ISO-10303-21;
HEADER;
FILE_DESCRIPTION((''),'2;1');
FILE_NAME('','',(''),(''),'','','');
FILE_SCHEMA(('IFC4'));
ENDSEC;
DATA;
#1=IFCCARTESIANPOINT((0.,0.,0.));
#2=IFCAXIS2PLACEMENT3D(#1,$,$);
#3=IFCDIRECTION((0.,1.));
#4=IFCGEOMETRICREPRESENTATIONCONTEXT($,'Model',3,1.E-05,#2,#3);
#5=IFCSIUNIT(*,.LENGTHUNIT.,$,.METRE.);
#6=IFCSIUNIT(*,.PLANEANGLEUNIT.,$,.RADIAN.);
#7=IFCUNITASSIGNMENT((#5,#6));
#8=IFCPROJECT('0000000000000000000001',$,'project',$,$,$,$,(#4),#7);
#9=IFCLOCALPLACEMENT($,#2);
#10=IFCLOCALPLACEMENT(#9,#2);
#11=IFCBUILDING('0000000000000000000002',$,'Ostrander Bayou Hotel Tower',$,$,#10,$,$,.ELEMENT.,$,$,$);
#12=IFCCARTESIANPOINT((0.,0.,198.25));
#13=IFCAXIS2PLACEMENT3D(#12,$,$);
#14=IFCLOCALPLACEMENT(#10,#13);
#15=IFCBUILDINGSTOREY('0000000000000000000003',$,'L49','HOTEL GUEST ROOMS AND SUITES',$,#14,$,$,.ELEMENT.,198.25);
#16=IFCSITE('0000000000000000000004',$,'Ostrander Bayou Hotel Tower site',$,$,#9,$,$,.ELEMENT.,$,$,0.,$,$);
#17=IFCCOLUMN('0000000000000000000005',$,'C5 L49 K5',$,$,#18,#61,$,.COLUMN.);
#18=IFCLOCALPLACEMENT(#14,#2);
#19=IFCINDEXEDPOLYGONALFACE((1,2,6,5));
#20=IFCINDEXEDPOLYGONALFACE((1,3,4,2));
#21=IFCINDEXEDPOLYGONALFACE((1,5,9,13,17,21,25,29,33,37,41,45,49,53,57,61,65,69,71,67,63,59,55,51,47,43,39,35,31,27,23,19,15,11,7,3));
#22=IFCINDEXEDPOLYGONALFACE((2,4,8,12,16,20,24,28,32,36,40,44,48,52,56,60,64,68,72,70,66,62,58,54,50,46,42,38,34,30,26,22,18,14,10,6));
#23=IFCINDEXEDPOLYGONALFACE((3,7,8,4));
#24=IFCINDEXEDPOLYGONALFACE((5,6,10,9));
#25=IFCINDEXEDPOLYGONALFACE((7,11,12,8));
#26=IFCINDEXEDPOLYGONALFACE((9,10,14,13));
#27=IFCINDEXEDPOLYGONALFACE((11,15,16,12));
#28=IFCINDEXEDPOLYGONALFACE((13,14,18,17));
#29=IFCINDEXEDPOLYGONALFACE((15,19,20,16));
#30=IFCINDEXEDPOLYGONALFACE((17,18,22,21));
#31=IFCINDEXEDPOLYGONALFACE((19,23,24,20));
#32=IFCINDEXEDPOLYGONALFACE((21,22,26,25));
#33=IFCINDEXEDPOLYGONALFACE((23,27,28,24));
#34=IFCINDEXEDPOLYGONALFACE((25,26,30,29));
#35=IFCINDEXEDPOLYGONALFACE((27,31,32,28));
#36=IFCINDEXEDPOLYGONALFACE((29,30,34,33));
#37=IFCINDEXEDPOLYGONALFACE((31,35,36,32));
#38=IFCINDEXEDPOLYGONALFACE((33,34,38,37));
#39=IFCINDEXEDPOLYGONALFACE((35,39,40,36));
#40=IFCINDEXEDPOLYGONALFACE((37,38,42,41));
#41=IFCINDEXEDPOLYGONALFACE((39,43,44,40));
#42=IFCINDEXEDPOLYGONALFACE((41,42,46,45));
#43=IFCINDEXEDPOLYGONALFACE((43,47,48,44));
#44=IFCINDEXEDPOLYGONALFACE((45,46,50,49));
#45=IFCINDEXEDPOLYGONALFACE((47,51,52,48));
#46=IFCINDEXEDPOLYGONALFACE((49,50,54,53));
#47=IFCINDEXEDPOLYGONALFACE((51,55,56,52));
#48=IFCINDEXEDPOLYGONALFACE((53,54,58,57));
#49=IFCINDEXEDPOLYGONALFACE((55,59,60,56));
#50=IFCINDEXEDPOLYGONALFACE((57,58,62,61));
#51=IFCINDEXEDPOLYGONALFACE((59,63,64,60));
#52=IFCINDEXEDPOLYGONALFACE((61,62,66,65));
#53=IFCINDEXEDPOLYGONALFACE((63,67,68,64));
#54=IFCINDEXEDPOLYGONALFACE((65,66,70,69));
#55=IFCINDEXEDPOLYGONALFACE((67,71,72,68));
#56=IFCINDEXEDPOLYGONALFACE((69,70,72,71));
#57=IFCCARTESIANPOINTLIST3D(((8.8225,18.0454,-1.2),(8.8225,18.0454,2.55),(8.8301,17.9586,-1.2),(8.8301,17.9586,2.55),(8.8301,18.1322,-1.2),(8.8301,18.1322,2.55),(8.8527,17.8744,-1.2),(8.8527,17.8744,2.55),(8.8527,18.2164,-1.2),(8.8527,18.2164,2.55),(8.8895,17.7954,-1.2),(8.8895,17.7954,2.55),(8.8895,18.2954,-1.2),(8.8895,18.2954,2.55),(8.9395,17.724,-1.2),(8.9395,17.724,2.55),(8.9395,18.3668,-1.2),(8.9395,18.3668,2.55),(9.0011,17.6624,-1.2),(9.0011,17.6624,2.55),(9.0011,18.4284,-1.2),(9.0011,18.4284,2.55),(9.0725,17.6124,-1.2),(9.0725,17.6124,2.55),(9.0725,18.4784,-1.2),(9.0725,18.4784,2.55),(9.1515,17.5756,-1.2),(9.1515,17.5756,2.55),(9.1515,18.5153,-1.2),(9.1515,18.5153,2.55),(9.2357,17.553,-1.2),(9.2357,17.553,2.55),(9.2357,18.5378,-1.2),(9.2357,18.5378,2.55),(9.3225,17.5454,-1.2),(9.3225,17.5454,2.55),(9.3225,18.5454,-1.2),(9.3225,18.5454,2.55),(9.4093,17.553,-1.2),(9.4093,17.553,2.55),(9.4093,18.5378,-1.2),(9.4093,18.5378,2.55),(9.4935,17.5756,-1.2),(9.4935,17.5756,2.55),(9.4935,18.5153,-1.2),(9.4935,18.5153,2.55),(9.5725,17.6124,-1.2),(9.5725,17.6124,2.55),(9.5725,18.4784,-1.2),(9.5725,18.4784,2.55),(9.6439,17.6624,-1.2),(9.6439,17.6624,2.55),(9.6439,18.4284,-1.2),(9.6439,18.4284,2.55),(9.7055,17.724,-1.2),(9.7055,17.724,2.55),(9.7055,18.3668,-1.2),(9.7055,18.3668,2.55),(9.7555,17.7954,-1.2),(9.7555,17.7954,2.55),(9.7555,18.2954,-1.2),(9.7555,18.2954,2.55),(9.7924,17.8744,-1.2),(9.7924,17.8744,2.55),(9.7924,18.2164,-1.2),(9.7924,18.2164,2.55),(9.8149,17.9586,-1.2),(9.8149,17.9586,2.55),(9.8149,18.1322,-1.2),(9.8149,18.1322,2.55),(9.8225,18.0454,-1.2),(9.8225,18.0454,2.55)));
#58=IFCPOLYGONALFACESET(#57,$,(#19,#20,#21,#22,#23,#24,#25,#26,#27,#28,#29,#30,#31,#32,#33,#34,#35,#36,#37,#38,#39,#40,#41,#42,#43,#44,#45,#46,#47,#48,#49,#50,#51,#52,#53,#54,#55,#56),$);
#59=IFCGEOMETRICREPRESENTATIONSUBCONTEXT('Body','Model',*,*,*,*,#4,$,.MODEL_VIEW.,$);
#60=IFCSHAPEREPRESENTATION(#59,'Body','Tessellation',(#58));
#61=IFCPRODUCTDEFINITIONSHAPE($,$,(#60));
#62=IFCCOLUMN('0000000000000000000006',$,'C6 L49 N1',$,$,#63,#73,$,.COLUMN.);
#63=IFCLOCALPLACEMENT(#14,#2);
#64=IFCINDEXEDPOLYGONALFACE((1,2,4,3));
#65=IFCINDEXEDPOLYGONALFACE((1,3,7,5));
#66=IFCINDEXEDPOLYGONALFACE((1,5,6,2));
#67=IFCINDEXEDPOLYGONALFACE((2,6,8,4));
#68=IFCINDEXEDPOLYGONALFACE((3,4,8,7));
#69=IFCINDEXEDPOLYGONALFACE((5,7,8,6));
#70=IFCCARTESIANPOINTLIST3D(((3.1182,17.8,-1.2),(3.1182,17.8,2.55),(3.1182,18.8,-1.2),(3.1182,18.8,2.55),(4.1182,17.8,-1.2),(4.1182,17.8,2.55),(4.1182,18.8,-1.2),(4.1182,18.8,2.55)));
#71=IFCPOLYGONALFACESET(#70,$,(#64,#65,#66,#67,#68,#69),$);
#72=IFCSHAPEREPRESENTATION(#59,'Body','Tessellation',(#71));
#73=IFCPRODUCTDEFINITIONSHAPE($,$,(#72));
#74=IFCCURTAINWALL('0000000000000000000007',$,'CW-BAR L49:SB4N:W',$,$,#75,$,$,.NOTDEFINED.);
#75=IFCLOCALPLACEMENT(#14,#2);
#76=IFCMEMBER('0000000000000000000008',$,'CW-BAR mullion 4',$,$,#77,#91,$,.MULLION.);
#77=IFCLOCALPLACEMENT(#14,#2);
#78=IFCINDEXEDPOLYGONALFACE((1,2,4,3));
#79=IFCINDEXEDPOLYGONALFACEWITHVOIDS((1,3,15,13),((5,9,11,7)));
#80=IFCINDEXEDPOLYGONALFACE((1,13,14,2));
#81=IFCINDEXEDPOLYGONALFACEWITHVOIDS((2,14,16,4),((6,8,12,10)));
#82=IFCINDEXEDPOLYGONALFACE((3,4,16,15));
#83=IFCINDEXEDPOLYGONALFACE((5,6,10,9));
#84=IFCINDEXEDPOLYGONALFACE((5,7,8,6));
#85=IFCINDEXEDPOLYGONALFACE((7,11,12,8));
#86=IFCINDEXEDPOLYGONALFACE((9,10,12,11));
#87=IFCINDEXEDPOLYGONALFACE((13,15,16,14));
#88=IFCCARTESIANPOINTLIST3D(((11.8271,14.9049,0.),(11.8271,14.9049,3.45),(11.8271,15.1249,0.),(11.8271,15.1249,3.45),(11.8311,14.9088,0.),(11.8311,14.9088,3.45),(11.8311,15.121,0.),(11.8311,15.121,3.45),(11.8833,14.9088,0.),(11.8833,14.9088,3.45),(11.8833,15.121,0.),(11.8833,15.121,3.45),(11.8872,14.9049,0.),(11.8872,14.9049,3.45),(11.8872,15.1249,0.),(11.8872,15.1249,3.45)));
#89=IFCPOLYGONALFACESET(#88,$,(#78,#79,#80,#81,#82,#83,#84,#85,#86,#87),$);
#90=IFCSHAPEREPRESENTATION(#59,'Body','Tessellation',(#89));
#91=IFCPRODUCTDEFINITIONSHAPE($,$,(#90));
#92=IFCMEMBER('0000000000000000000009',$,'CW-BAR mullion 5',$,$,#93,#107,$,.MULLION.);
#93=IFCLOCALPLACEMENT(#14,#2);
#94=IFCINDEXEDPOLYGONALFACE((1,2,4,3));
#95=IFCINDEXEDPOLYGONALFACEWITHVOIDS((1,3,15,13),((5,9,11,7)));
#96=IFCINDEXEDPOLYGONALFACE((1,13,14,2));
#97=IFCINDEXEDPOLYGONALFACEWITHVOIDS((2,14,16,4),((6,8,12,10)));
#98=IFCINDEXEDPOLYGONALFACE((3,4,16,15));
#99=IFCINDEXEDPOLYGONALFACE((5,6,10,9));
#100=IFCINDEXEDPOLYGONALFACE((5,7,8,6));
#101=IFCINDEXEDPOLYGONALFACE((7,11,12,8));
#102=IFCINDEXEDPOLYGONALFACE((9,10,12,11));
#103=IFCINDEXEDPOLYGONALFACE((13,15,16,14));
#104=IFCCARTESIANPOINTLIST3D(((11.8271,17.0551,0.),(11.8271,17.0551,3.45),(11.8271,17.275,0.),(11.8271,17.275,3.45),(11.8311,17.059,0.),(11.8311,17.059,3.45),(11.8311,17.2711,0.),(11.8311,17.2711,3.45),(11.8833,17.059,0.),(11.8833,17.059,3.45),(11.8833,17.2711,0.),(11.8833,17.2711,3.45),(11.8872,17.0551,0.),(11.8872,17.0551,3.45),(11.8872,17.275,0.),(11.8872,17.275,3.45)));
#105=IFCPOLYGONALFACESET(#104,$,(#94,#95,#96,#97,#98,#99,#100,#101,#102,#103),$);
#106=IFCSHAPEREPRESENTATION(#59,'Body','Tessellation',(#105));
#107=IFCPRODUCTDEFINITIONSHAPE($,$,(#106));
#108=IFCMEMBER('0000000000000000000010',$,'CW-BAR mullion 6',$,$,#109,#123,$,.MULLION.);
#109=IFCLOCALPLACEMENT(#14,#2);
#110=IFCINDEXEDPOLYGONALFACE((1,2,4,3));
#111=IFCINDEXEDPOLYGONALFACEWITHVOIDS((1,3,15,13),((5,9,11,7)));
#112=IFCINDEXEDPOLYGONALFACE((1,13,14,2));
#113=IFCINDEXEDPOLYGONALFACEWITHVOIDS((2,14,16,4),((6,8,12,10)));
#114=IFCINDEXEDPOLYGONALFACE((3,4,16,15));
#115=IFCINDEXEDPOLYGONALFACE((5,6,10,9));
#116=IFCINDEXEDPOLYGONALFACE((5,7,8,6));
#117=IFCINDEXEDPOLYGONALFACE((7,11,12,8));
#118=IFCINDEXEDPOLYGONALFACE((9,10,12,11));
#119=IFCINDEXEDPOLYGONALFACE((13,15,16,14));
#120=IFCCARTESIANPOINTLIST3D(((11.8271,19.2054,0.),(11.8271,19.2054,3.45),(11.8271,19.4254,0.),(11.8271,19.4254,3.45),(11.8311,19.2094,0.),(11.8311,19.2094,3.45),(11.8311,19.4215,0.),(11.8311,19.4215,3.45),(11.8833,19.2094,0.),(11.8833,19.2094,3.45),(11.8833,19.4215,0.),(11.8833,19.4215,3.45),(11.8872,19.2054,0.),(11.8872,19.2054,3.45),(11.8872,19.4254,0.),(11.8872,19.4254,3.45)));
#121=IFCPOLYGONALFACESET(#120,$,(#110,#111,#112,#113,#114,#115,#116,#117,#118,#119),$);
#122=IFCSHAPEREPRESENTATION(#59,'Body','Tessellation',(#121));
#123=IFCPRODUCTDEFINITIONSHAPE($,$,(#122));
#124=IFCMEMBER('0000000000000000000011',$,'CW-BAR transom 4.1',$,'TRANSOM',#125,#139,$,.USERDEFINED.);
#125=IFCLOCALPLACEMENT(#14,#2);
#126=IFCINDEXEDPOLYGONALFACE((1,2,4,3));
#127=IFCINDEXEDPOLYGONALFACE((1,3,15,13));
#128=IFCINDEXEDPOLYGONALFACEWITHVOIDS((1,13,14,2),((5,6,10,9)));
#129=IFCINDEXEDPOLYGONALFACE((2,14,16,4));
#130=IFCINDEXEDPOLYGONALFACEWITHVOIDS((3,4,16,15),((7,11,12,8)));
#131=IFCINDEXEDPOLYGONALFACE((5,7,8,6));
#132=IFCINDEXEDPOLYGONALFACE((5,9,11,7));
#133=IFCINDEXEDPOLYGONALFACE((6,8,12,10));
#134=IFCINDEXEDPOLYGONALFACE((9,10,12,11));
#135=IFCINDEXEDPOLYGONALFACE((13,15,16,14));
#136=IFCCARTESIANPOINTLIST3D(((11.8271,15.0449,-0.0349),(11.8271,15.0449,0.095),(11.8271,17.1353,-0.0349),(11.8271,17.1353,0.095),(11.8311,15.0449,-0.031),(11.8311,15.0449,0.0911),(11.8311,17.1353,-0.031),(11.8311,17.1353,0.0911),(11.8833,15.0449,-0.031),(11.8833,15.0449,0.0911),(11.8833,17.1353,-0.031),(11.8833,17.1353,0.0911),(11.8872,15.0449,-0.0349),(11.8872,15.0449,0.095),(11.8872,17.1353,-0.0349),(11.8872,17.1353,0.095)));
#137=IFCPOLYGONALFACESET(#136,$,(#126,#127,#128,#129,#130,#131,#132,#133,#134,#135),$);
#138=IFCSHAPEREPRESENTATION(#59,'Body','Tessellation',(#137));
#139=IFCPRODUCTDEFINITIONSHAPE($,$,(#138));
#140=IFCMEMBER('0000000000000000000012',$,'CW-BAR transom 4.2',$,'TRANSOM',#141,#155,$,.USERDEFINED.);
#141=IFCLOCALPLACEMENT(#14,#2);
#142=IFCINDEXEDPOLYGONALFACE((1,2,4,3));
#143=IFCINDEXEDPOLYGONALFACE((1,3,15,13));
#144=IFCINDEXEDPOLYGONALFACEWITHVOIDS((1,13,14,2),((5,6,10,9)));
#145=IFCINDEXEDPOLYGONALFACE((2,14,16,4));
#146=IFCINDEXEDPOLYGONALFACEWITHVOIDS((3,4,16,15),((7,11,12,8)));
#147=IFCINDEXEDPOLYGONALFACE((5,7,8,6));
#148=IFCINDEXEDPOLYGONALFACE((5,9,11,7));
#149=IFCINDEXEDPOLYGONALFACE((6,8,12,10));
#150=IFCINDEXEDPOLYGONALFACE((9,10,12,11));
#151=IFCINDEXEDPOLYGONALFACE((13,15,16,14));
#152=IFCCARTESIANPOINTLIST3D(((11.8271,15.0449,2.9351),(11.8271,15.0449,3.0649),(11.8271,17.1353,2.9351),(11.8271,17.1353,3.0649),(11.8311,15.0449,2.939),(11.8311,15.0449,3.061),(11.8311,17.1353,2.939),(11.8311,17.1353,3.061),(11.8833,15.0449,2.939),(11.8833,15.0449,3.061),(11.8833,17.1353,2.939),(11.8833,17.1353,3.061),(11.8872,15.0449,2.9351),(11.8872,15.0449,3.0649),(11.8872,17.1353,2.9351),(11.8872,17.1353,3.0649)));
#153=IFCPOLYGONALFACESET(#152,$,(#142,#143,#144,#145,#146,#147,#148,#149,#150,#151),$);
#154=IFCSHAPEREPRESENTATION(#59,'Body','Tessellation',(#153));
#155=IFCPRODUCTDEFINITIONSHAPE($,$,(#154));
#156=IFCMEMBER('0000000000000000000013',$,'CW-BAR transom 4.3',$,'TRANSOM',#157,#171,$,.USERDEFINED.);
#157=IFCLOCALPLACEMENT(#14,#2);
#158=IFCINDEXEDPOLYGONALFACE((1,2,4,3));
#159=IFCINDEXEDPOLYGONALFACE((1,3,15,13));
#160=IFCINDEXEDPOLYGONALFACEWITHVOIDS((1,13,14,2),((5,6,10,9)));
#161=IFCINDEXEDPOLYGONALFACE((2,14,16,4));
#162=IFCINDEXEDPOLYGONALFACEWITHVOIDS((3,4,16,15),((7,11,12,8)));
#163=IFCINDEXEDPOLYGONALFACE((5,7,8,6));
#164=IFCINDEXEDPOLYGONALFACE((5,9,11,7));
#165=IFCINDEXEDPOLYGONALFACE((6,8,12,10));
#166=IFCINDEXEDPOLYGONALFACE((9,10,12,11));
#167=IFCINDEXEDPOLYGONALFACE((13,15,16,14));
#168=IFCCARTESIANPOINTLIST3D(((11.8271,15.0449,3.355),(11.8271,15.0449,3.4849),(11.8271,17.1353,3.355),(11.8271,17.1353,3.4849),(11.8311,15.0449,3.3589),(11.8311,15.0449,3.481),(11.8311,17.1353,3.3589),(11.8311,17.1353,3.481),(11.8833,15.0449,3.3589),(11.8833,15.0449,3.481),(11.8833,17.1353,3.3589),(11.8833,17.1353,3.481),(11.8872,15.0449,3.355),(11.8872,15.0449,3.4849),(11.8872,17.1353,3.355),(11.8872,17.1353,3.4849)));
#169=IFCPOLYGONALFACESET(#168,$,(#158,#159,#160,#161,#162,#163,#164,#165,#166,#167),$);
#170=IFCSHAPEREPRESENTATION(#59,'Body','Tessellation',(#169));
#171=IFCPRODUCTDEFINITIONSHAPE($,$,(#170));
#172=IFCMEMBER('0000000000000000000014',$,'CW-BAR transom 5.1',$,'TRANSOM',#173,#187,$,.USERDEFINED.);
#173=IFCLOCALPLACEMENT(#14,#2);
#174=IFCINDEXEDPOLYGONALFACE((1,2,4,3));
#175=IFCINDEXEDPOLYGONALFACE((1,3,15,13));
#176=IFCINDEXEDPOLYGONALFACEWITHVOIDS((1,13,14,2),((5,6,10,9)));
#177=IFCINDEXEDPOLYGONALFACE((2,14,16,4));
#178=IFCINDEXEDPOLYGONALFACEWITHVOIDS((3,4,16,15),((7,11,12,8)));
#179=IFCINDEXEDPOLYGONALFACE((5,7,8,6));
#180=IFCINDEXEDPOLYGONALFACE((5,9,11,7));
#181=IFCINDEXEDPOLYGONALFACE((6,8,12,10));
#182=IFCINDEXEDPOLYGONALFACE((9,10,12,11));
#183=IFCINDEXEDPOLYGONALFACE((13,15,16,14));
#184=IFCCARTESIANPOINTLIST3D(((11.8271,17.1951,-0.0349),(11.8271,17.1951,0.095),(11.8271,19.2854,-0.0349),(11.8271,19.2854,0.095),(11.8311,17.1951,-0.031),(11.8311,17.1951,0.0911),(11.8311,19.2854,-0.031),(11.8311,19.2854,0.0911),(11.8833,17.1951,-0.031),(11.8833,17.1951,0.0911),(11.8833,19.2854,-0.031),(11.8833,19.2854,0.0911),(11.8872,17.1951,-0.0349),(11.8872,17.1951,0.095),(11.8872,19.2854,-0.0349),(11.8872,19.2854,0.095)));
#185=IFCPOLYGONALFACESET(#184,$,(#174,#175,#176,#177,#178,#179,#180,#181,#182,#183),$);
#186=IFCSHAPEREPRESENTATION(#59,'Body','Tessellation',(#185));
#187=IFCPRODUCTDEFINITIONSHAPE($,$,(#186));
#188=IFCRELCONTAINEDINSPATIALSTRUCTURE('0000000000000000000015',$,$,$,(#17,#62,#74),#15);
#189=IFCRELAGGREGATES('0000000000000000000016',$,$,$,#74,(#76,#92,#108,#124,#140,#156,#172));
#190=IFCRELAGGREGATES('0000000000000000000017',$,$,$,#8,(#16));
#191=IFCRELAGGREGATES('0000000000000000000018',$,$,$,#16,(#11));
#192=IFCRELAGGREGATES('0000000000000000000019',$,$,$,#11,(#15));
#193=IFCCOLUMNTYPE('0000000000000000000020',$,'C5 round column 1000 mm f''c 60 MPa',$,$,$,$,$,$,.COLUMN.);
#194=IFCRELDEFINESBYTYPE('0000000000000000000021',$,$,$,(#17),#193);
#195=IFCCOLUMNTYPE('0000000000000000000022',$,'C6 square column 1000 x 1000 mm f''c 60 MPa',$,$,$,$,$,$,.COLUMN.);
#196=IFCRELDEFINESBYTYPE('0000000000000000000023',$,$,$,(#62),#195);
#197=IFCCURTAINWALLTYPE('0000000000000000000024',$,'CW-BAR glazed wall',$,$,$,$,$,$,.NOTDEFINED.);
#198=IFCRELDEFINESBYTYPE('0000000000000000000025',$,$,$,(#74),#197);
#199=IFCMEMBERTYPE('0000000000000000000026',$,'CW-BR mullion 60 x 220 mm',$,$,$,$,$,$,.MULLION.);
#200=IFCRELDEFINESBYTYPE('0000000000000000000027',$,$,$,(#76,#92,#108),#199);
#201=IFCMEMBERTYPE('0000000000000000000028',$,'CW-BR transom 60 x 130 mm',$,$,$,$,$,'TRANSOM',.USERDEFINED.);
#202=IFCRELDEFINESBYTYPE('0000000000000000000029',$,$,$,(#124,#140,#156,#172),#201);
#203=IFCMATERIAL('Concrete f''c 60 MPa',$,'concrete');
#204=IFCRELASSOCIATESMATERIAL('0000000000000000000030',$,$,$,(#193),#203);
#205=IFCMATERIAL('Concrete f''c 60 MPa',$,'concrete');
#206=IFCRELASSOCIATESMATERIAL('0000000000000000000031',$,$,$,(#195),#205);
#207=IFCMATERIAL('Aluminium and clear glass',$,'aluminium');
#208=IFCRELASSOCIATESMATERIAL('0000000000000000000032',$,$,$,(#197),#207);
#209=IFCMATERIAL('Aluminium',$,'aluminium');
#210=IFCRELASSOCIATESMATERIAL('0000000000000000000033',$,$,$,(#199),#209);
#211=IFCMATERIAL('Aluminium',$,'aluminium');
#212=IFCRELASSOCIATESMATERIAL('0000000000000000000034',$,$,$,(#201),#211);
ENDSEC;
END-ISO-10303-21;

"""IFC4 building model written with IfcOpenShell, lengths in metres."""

from ifc_helpers import new_model, si_unit, direction, frame, origin, origin_2d, place, context, subcontext, project, spatial, rectangle, hollow_rectangle, circle, extrude, material, material_profile, profile_set, type_object, element, aggregate, save


model = new_model("IFC4")

# Units and contexts
model_context = context("Model", 3, precision=1e-05, world=origin(), true_north=direction((0.0, 1.0)))
body_context = subcontext(model_context, "Body", "Model", "MODEL_VIEW")
ifc_project = project(units=[si_unit("LENGTHUNIT", "METRE"), si_unit("PLANEANGLEUNIT", "RADIAN")], contexts=[model_context])

# Site, building, storey
site_placement = place(None, origin())
site = spatial("IfcSite", under=ifc_project, at=site_placement, Name="Ostrander Bayou Hotel Tower site", CompositionType="ELEMENT", RefElevation=0.0)
building_placement = place(site_placement, origin())
building = spatial("IfcBuilding", under=site, at=building_placement, Name="Ostrander Bayou Hotel Tower", CompositionType="ELEMENT")
storey_placement = place(building_placement, frame((0.0, 0.0, 198.25)))
storey = spatial("IfcBuildingStorey", under=building, at=storey_placement, Name="L49", Description="HOTEL GUEST ROOMS AND SUITES", CompositionType="ELEMENT", Elevation=198.25)

# Columns
ifc_material_1 = material(Name="Concrete f'c 60 MPa", Category="concrete")
ifc_material_profile_1 = material_profile(ifc_material_1, circle(Radius=0.5, at=origin_2d()))
ifc_profile_set_1 = profile_set([ifc_material_profile_1], Name="Concrete f'c 60 MPa")
column_type_1 = type_object("IfcColumnType", Name="C5 round column 1000 mm f'c 60 MPa", PredefinedType="COLUMN", material=ifc_profile_set_1)
column_1_placement = place(storey_placement, frame((9.3225, 18.0454, -1.2), z_axis=(0.0, 0.0, 1.0), x_axis=(1.0, 0.0, 0.0)))
element("IfcColumn", 1, at=column_1_placement, inside=storey, type_object=column_type_1, Name="C5 L49 K5", PredefinedType="COLUMN", context=body_context, shape_type="SweptSolid", body=[
    extrude(circle(Radius=0.5, at=origin_2d()), origin(), (0.0, 0.0, 1.0), 3.75),
])
ifc_material_2 = material(Name="Concrete f'c 60 MPa", Category="concrete")
ifc_material_profile_2 = material_profile(ifc_material_2, rectangle(XDim=1.0, YDim=1.0, at=origin_2d()))
ifc_profile_set_2 = profile_set([ifc_material_profile_2], Name="Concrete f'c 60 MPa")
column_type_2 = type_object("IfcColumnType", Name="C6 square column 1000 x 1000 mm f'c 60 MPa", PredefinedType="COLUMN", material=ifc_profile_set_2)
column_2_placement = place(storey_placement, frame((3.6182, 18.3, -1.2), z_axis=(0.0, 0.0, 1.0), x_axis=(1.0, 0.0, 0.0)))
element("IfcColumn", 2, at=column_2_placement, inside=storey, type_object=column_type_2, Name="C6 L49 N1", PredefinedType="COLUMN", context=body_context, shape_type="SweptSolid", body=[
    extrude(rectangle(XDim=1.0, YDim=1.0, at=origin_2d()), origin(), (0.0, 0.0, 1.0), 3.75),
])

# Curtain wall, members
ifc_material_3 = material(Name="Aluminium and clear glass", Category="aluminium")
curtain_wall_type = type_object("IfcCurtainWallType", Name="CW-BAR glazed wall", PredefinedType="NOTDEFINED", material=ifc_material_3)
curtain_wall_placement = place(storey_placement, origin())
curtain_wall = element("IfcCurtainWall", 3, at=curtain_wall_placement, inside=storey, type_object=curtain_wall_type, Name="CW-BAR L49:SB4N:W", PredefinedType="NOTDEFINED")
ifc_material_4 = material(Name="Aluminium", Category="aluminium")
ifc_material_profile_3 = material_profile(ifc_material_4, hollow_rectangle(XDim=0.0601, YDim=0.22, WallThickness=0.0039, at=origin_2d()))
ifc_profile_set_3 = profile_set([ifc_material_profile_3], Name="Aluminium")
member_type_1 = type_object("IfcMemberType", Name="CW-BR mullion 60 x 220 mm", PredefinedType="MULLION", material=ifc_profile_set_3)
member_1_placement = place(storey_placement, frame((11.8572, 15.0149, 0.0), z_axis=(0.0, 0.0, 1.0), x_axis=(-1.0, 0.0, 0.0)))
member_1 = element("IfcMember", 4, at=member_1_placement, type_object=member_type_1, Name="CW-BAR mullion 4", PredefinedType="MULLION", context=body_context, shape_type="SweptSolid", body=[
    extrude(hollow_rectangle(XDim=0.0601, YDim=0.22, WallThickness=0.0039, at=origin_2d()), origin(), (0.0, 0.0, 1.0), 3.45),
])
member_2_placement = place(storey_placement, frame((11.8572, 17.165, 0.0), z_axis=(0.0, 0.0, 1.0), x_axis=(-1.0, 0.0, 0.0)))
member_2 = element("IfcMember", 5, at=member_2_placement, type_object=member_type_1, Name="CW-BAR mullion 5", PredefinedType="MULLION", context=body_context, shape_type="SweptSolid", body=[
    extrude(hollow_rectangle(XDim=0.0601, YDim=0.22, WallThickness=0.0039, at=origin_2d()), origin(), (0.0, 0.0, 1.0), 3.45),
])
member_3_placement = place(storey_placement, frame((11.8572, 19.3154, 0.0), z_axis=(0.0, 0.0, 1.0), x_axis=(-1.0, 0.0, 0.0)))
member_3 = element("IfcMember", 6, at=member_3_placement, type_object=member_type_1, Name="CW-BAR mullion 6", PredefinedType="MULLION", context=body_context, shape_type="SweptSolid", body=[
    extrude(hollow_rectangle(XDim=0.0601, YDim=0.22, WallThickness=0.0039, at=origin_2d()), origin(), (0.0, 0.0, 1.0), 3.45),
])
ifc_material_5 = material(Name="Aluminium", Category="aluminium")
ifc_material_profile_4 = material_profile(ifc_material_5, hollow_rectangle(XDim=0.0601, YDim=0.1299, WallThickness=0.0039, at=origin_2d()))
ifc_profile_set_4 = profile_set([ifc_material_profile_4], Name="Aluminium")
member_type_2 = type_object("IfcMemberType", Name="CW-BR transom 60 x 130 mm", ElementType="TRANSOM", PredefinedType="USERDEFINED", material=ifc_profile_set_4)
member_4_placement = place(storey_placement, frame((11.8572, 15.0449, 0.03), z_axis=(0.0, 1.0, 0.0), x_axis=(-1.0, 0.0, 0.0)))
member_4 = element("IfcMember", 7, at=member_4_placement, type_object=member_type_2, Name="CW-BAR transom 4.1", ObjectType="TRANSOM", PredefinedType="USERDEFINED", context=body_context, shape_type="SweptSolid", body=[
    extrude(hollow_rectangle(XDim=0.0601, YDim=0.1299, WallThickness=0.0039, at=origin_2d()), origin(), (0.0, 0.0, 1.0), 2.0903),
])
member_5_placement = place(storey_placement, frame((11.8572, 15.0449, 3.0), z_axis=(0.0, 1.0, 0.0), x_axis=(-1.0, 0.0, 0.0)))
member_5 = element("IfcMember", 8, at=member_5_placement, type_object=member_type_2, Name="CW-BAR transom 4.2", ObjectType="TRANSOM", PredefinedType="USERDEFINED", context=body_context, shape_type="SweptSolid", body=[
    extrude(hollow_rectangle(XDim=0.0601, YDim=0.1299, WallThickness=0.0039, at=origin_2d()), origin(), (0.0, 0.0, 1.0), 2.0903),
])
member_6_placement = place(storey_placement, frame((11.8572, 15.0449, 3.4199), z_axis=(0.0, 1.0, 0.0), x_axis=(-1.0, 0.0, 0.0)))
member_6 = element("IfcMember", 9, at=member_6_placement, type_object=member_type_2, Name="CW-BAR transom 4.3", ObjectType="TRANSOM", PredefinedType="USERDEFINED", context=body_context, shape_type="SweptSolid", body=[
    extrude(hollow_rectangle(XDim=0.0601, YDim=0.1299, WallThickness=0.0039, at=origin_2d()), origin(), (0.0, 0.0, 1.0), 2.0903),
])
member_7_placement = place(storey_placement, frame((11.8572, 17.1951, 0.03), z_axis=(0.0, 1.0, 0.0), x_axis=(-1.0, 0.0, 0.0)))
member_7 = element("IfcMember", 10, at=member_7_placement, type_object=member_type_2, Name="CW-BAR transom 5.1", ObjectType="TRANSOM", PredefinedType="USERDEFINED", context=body_context, shape_type="SweptSolid", body=[
    extrude(hollow_rectangle(XDim=0.0601, YDim=0.1299, WallThickness=0.0039, at=origin_2d()), origin(), (0.0, 0.0, 1.0), 2.0903),
])
aggregate(curtain_wall, [member_1, member_2, member_3, member_4, member_5, member_6, member_7])

save(model, "model.ifc")
